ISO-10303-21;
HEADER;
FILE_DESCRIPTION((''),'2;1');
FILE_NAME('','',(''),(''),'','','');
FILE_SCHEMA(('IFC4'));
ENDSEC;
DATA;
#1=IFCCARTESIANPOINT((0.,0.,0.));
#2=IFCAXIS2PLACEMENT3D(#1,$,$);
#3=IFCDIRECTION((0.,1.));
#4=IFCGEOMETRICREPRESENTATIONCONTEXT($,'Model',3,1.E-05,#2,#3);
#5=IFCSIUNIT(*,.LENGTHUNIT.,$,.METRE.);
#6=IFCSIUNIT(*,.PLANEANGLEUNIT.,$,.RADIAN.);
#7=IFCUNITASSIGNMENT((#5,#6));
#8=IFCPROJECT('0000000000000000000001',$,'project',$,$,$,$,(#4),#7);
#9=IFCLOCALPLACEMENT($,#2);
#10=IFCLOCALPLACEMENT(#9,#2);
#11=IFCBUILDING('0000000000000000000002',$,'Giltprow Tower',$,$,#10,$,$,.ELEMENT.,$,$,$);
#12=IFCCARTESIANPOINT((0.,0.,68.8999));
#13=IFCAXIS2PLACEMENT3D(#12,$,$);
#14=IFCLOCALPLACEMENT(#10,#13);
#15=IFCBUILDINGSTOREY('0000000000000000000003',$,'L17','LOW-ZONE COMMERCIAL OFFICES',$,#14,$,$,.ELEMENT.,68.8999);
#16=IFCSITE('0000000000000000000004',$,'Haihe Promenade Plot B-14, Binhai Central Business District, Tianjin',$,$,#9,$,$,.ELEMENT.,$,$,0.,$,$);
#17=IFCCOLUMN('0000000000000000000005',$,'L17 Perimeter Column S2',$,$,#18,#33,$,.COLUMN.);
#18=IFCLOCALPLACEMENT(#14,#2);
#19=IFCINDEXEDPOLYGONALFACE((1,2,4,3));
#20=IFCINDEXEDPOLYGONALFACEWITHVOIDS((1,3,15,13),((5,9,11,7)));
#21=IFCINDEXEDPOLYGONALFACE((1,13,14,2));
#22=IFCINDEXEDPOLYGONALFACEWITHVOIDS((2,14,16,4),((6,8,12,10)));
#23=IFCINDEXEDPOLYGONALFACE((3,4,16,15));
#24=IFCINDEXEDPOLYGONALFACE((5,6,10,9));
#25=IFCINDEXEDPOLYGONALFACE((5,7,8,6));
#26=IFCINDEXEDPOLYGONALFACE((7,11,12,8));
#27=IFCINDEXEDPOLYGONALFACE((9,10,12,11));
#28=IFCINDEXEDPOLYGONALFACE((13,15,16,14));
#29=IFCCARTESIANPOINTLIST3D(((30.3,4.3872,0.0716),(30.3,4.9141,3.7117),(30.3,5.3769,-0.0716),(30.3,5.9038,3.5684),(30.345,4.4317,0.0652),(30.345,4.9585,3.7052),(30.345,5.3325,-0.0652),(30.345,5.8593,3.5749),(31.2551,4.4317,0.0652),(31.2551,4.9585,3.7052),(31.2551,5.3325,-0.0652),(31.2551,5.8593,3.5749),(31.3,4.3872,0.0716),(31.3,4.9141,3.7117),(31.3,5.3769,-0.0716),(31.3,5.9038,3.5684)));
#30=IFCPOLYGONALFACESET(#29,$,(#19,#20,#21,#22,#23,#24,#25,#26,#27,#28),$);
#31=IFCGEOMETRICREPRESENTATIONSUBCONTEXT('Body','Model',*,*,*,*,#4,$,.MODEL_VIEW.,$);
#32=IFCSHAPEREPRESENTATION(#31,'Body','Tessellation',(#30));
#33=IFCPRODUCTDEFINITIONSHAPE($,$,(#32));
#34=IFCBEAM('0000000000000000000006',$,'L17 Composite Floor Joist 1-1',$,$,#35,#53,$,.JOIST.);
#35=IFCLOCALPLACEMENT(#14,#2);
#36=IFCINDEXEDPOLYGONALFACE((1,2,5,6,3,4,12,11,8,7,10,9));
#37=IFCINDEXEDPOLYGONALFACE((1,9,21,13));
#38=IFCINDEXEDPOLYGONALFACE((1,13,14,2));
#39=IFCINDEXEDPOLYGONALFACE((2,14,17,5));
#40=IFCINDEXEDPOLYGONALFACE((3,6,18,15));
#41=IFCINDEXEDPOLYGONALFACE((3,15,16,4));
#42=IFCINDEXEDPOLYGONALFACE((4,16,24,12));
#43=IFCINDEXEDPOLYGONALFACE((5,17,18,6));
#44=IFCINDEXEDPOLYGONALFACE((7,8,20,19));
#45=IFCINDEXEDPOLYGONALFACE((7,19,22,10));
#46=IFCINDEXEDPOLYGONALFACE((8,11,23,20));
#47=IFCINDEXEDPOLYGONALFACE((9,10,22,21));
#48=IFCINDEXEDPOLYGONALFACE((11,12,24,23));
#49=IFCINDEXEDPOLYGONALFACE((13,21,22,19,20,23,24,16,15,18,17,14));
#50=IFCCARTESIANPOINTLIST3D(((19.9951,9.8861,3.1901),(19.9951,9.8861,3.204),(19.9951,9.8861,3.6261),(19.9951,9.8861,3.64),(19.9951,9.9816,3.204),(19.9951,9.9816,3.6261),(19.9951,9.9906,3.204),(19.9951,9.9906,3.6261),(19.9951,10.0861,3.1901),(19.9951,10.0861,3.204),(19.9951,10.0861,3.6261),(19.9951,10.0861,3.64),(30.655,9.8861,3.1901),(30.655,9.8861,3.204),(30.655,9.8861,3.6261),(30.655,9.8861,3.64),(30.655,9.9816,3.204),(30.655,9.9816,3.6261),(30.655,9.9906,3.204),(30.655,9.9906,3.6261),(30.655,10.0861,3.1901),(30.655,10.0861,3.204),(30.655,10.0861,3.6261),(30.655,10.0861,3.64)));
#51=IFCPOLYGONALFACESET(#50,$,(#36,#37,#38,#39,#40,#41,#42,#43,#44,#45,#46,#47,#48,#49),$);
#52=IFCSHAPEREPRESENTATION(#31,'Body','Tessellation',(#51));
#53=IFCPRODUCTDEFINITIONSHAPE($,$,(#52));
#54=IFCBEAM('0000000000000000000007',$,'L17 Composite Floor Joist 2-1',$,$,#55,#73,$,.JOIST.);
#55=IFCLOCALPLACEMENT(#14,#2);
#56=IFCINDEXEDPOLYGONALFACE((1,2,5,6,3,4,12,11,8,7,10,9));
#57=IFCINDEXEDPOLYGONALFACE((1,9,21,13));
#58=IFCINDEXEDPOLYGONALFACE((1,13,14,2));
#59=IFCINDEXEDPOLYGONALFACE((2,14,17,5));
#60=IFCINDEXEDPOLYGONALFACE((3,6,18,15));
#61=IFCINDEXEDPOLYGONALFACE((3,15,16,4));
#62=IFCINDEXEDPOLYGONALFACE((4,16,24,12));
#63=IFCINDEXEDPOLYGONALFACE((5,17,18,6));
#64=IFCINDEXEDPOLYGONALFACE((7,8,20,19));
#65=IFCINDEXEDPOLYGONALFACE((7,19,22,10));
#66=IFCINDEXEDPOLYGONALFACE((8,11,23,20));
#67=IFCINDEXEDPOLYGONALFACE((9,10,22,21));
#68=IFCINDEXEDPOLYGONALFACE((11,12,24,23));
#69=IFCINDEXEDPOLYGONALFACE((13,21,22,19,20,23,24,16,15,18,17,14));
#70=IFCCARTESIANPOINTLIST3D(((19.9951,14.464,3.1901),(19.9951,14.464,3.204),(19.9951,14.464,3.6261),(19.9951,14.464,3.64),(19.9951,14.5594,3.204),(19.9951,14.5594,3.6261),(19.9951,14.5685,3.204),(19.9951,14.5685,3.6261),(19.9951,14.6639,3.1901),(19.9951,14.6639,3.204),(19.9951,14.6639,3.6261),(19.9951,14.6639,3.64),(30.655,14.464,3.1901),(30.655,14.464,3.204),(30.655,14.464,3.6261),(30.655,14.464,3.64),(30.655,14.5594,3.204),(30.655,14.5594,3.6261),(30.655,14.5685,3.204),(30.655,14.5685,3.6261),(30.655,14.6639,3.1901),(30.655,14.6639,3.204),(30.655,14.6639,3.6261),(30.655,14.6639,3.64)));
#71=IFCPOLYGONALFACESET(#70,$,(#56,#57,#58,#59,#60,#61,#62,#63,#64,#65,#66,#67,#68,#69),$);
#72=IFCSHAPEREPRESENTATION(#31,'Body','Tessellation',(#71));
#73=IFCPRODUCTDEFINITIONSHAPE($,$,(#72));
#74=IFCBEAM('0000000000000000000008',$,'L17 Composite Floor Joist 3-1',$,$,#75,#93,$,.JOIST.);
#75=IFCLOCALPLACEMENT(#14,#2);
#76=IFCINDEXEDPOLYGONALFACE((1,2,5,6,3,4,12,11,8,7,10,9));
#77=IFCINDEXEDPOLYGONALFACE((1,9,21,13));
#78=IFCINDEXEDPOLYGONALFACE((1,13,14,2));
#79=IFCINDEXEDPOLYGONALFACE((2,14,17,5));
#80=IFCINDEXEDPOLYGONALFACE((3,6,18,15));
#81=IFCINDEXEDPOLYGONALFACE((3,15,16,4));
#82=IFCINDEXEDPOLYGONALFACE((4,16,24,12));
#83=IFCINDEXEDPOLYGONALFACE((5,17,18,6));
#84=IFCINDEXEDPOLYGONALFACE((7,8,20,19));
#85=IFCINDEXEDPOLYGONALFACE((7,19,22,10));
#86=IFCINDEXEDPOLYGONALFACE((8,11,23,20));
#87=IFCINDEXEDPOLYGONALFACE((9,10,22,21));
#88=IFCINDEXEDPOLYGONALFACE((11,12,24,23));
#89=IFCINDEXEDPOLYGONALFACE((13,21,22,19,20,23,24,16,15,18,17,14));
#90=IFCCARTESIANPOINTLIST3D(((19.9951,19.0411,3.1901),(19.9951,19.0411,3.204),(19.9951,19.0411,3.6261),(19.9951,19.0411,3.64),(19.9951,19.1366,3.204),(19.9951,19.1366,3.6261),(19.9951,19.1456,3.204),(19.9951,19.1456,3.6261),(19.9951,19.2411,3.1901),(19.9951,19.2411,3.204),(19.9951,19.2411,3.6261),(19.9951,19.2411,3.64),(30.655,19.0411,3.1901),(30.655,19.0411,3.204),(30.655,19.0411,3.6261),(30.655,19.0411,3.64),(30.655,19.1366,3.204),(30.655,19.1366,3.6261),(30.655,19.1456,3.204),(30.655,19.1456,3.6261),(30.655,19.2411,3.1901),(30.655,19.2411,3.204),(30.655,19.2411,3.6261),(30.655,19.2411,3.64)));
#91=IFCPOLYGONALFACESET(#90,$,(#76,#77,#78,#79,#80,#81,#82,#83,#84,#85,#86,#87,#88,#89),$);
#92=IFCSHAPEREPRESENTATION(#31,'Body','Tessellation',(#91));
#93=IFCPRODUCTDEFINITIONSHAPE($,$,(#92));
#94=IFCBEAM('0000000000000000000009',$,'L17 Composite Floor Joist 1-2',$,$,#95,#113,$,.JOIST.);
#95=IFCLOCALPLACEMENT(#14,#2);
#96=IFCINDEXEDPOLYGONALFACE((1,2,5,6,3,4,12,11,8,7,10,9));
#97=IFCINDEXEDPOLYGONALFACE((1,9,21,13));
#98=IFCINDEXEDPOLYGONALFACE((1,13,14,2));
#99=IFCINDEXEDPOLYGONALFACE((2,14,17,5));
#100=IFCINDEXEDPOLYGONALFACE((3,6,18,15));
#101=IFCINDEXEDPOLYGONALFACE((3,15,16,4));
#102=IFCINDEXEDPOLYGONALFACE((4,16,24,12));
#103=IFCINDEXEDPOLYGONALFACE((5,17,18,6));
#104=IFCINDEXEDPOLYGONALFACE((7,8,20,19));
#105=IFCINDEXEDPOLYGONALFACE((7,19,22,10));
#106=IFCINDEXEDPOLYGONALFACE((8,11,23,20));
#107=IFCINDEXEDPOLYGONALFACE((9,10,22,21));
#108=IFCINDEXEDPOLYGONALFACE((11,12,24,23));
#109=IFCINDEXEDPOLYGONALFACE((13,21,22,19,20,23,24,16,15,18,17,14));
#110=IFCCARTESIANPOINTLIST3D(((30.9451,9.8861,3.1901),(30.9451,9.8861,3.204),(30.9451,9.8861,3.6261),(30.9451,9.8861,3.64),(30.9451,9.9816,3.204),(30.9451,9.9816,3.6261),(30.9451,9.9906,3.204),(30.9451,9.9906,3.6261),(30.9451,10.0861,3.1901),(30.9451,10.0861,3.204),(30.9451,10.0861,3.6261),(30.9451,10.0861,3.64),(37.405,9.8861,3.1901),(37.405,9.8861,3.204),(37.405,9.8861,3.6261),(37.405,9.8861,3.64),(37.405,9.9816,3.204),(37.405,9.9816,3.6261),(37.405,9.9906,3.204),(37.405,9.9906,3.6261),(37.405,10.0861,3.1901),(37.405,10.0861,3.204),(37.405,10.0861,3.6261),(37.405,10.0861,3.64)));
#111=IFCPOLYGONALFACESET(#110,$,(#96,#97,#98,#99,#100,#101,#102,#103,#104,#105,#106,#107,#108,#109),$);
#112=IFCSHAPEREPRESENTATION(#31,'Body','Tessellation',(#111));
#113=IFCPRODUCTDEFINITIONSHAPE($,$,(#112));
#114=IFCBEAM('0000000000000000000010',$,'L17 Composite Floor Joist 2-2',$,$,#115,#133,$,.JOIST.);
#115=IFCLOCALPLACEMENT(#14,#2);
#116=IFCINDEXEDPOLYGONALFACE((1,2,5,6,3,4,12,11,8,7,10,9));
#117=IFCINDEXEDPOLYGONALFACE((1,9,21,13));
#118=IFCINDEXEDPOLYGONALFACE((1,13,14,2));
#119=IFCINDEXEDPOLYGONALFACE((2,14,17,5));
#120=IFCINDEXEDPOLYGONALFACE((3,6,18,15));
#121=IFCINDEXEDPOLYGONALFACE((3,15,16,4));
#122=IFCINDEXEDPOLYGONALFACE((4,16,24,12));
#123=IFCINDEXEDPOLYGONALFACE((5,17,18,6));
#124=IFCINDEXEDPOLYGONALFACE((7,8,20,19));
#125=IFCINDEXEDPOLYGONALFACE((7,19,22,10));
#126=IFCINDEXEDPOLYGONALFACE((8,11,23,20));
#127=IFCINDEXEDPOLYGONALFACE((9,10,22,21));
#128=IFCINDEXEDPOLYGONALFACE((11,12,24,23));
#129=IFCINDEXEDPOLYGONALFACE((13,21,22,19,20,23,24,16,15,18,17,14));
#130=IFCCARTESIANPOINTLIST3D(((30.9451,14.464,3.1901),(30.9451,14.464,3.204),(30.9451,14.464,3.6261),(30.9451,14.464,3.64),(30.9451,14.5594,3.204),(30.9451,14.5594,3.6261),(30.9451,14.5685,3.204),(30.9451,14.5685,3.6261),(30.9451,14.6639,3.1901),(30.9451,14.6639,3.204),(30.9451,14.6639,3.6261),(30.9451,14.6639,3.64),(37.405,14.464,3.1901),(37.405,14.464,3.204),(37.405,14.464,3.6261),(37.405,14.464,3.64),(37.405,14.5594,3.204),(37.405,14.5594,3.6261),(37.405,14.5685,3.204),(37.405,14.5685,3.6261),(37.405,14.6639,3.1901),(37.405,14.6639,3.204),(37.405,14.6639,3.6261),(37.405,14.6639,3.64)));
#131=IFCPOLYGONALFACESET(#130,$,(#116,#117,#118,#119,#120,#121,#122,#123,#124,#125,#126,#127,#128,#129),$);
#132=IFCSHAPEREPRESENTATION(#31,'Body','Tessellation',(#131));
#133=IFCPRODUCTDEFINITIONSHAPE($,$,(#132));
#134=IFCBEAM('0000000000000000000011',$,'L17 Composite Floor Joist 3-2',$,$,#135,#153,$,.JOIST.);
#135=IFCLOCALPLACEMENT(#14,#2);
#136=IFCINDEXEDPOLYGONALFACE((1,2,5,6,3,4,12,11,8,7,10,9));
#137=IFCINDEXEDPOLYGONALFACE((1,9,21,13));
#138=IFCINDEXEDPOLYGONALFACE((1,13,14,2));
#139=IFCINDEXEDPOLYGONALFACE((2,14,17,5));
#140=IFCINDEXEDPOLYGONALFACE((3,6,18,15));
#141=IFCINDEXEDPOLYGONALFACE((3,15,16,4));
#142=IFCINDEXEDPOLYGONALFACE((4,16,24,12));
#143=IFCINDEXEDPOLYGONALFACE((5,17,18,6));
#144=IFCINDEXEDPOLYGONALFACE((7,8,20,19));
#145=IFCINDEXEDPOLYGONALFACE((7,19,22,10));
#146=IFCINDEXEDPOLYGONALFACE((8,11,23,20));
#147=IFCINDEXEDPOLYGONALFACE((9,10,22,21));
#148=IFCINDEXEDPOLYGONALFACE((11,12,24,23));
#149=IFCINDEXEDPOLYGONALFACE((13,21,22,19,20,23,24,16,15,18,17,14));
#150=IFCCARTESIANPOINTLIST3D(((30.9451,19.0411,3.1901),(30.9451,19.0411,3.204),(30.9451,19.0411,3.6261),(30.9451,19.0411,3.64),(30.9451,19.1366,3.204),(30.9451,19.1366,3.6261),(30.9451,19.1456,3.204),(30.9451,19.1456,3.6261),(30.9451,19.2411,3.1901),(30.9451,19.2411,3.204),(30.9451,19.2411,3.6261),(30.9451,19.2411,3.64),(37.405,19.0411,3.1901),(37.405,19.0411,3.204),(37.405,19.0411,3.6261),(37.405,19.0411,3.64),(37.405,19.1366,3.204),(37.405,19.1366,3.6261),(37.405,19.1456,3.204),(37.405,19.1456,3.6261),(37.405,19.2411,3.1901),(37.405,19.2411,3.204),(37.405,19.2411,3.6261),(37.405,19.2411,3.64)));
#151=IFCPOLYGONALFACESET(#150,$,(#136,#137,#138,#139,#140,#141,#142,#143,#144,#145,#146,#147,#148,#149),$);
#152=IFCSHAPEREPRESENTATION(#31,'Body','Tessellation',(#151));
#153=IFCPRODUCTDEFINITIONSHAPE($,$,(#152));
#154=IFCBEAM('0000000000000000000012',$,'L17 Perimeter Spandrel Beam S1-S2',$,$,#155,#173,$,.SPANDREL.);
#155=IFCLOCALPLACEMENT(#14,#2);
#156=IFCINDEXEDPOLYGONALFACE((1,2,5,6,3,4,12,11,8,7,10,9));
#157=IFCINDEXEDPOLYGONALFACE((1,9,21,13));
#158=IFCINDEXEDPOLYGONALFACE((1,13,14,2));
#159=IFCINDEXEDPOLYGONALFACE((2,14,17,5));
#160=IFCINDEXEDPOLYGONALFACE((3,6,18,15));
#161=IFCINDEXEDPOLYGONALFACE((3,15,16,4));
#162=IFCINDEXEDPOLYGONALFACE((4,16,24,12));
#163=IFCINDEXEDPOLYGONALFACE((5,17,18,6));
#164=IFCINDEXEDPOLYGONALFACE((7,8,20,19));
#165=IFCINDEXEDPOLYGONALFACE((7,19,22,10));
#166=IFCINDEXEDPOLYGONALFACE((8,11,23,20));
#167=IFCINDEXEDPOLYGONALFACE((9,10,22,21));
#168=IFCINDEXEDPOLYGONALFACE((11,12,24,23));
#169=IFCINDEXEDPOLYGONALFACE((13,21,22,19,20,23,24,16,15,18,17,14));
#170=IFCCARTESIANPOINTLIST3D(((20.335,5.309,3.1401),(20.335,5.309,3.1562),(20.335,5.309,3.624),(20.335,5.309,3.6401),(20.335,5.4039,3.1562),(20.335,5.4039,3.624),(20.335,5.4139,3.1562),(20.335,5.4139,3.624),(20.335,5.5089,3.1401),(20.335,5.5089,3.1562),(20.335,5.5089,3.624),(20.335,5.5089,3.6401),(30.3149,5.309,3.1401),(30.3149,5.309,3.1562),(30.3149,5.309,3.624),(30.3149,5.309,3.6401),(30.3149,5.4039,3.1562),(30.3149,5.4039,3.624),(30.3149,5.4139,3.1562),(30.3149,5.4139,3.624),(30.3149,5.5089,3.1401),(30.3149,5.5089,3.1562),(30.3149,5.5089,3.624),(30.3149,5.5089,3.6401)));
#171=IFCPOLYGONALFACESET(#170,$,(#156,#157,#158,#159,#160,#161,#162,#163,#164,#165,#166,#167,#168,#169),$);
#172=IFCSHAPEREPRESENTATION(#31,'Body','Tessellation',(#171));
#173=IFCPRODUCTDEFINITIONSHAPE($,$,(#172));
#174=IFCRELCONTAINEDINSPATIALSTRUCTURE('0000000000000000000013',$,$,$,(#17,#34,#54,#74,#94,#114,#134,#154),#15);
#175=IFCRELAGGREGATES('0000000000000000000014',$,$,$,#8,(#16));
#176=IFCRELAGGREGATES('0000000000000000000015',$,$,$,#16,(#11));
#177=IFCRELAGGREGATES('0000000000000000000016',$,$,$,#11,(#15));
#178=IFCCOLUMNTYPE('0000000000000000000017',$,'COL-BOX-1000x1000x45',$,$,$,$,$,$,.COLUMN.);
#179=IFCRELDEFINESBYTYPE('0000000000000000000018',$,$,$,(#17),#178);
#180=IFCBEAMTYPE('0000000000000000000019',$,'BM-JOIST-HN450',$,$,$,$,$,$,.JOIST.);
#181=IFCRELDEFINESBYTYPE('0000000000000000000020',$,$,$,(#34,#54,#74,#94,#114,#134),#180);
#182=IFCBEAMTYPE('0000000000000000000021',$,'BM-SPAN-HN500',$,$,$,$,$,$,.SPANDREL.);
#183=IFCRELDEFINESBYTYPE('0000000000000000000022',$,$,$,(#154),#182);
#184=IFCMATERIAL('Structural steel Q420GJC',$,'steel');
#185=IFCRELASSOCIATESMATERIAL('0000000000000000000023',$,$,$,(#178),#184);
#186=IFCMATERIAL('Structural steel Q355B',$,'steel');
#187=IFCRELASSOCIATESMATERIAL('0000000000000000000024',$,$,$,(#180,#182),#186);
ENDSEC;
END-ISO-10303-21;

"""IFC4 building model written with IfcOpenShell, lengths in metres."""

from ifc_helpers import new_model, si_unit, direction, frame, origin, origin_2d, place, context, subcontext, project, spatial, hollow_rectangle, i_section, extrude, source, transform, mapped, material, material_profile, profile_set, type_object, element, save


model = new_model("IFC4")

# Units and contexts
model_context = context("Model", 3, precision=1e-05, world=origin(), true_north=direction((0.0, 1.0)))
body_context = subcontext(model_context, "Body", "Model", "MODEL_VIEW")
ifc_project = project(units=[si_unit("LENGTHUNIT", "METRE"), si_unit("PLANEANGLEUNIT", "RADIAN")], contexts=[model_context])

# Site, building, storey
site_placement = place(None, origin())
site = spatial("IfcSite", under=ifc_project, at=site_placement, Name="Haihe Promenade Plot B-14, Binhai Central Business District, Tianjin", CompositionType="ELEMENT", RefElevation=0.0)
building_placement = place(site_placement, origin())
building = spatial("IfcBuilding", under=site, at=building_placement, Name="Giltprow Tower", CompositionType="ELEMENT")
storey_placement = place(building_placement, frame((0.0, 0.0, 68.8999)))
storey = spatial("IfcBuildingStorey", under=building, at=storey_placement, Name="L17", Description="LOW-ZONE COMMERCIAL OFFICES", CompositionType="ELEMENT", Elevation=68.8999)

# Column
ifc_material_1 = material(Name="Structural steel Q420GJC", Category="steel")
ifc_material_profile_1 = material_profile(ifc_material_1, hollow_rectangle(XDim=1.0, YDim=1.0, WallThickness=0.0449, at=origin_2d()), Name="BOX 1000x1000x45")
ifc_profile_set_1 = profile_set([ifc_material_profile_1], Name="Structural steel Q420GJC")
column_type = type_object("IfcColumnType", Name="COL-BOX-1000x1000x45", PredefinedType="COLUMN", material=ifc_profile_set_1)
shared_shape_1 = source(origin(), body_context, "Body", "SweptSolid", [
    extrude(hollow_rectangle(XDim=1.0, YDim=1.0, WallThickness=0.0449, at=origin_2d()), origin(), (0.0, 0.0, 1.0), 3.678),
])
column_placement = place(storey_placement, frame((30.8, 4.8821, 0.0), z_axis=(0.0, 0.143243, 0.989688), x_axis=(-1.0, 0.0, 0.0)))
element("IfcColumn", 1, at=column_placement, inside=storey, type_object=column_type, Name="L17 Perimeter Column S2", PredefinedType="COLUMN", context=body_context, shape_type="MappedRepresentation", body=[
    mapped(shared_shape_1, transform((0.0, 0.0, 0.0), x_axis=(1.0, 0.0, 0.0), y_axis=(0.0, 1.0, 0.0), z_axis=(0.0, 0.0, 1.0), scale=1.0)),
])

# Beams
ifc_material_2 = material(Name="Structural steel Q355B", Category="steel")
ifc_material_profile_2 = material_profile(ifc_material_2, i_section(OverallWidth=0.2, OverallDepth=0.45, WebThickness=0.009, FlangeThickness=0.0139, at=origin_2d()), Name="HN 450x200x9x14")
ifc_profile_set_2 = profile_set([ifc_material_profile_2], Name="Structural steel Q355B")
beam_type_1 = type_object("IfcBeamType", Name="BM-JOIST-HN450", PredefinedType="JOIST", material=ifc_profile_set_2)
shared_shape_2 = source(origin(), body_context, "Body", "SweptSolid", [
    extrude(i_section(OverallWidth=0.2, OverallDepth=0.45, WebThickness=0.009, FlangeThickness=0.0139, at=origin_2d()), origin(), (0.0, 0.0, 1.0), 10.6599),
])
for number, where, z_axis, x_axis, name in (
    (2, (19.9951, 9.9861, 3.415), (1.0, 0.0, 0.0), (0.0, 1.0, 0.0), "L17 Composite Floor Joist 1-1"),
    (3, (19.9951, 14.564, 3.415), (1.0, 0.0, 0.0), (0.0, 1.0, 0.0), "L17 Composite Floor Joist 2-1"),
    (4, (19.9951, 19.1411, 3.415), (1.0, 0.0, 0.0), (0.0, 1.0, 0.0), "L17 Composite Floor Joist 3-1"),
):
    element("IfcBeam", number, at=place(storey_placement, frame(where, z_axis=z_axis, x_axis=x_axis)), inside=storey, type_object=beam_type_1, Name=name, PredefinedType="JOIST", context=body_context, shape_type="MappedRepresentation", body=[
        mapped(shared_shape_2, transform((0.0, 0.0, 0.0), x_axis=(1.0, 0.0, 0.0), y_axis=(0.0, 1.0, 0.0), z_axis=(0.0, 0.0, 1.0), scale=1.0)),
    ])
shared_shape_3 = source(origin(), body_context, "Body", "SweptSolid", [
    extrude(i_section(OverallWidth=0.2, OverallDepth=0.45, WebThickness=0.009, FlangeThickness=0.0139, at=origin_2d()), origin(), (0.0, 0.0, 1.0), 6.46),
])
for number, where, z_axis, x_axis, name in (
    (5, (30.9451, 9.9861, 3.415), (1.0, 0.0, 0.0), (0.0, 1.0, 0.0), "L17 Composite Floor Joist 1-2"),
    (6, (30.9451, 14.564, 3.415), (1.0, 0.0, 0.0), (0.0, 1.0, 0.0), "L17 Composite Floor Joist 2-2"),
    (7, (30.9451, 19.1411, 3.415), (1.0, 0.0, 0.0), (0.0, 1.0, 0.0), "L17 Composite Floor Joist 3-2"),
):
    element("IfcBeam", number, at=place(storey_placement, frame(where, z_axis=z_axis, x_axis=x_axis)), inside=storey, type_object=beam_type_1, Name=name, PredefinedType="JOIST", context=body_context, shape_type="MappedRepresentation", body=[
        mapped(shared_shape_3, transform((0.0, 0.0, 0.0), x_axis=(1.0, 0.0, 0.0), y_axis=(0.0, 1.0, 0.0), z_axis=(0.0, 0.0, 1.0), scale=1.0)),
    ])
ifc_material_profile_3 = material_profile(ifc_material_2, i_section(OverallWidth=0.2, OverallDepth=0.5, WebThickness=0.01, FlangeThickness=0.0161, at=origin_2d()), Name="HN 500x200x10x16")
ifc_profile_set_3 = profile_set([ifc_material_profile_3], Name="Structural steel Q355B")
beam_type_2 = type_object("IfcBeamType", Name="BM-SPAN-HN500", PredefinedType="SPANDREL", material=ifc_profile_set_3)
shared_shape_4 = source(origin(), body_context, "Body", "SweptSolid", [
    extrude(i_section(OverallWidth=0.2, OverallDepth=0.5, WebThickness=0.01, FlangeThickness=0.0161, at=origin_2d()), origin(), (0.0, 0.0, 1.0), 9.98),
])
beam_placement = place(storey_placement, frame((20.335, 5.4089, 3.3901), z_axis=(1.0, 0.0, 0.0), x_axis=(0.0, 1.0, 0.0)))
element("IfcBeam", 8, at=beam_placement, inside=storey, type_object=beam_type_2, Name="L17 Perimeter Spandrel Beam S1-S2", PredefinedType="SPANDREL", context=body_context, shape_type="MappedRepresentation", body=[
    mapped(shared_shape_4, transform((0.0, 0.0, 0.0), x_axis=(1.0, 0.0, 0.0), y_axis=(0.0, 1.0, 0.0), z_axis=(0.0, 0.0, 1.0), scale=1.0)),
])

save(model, "model.ifc")
